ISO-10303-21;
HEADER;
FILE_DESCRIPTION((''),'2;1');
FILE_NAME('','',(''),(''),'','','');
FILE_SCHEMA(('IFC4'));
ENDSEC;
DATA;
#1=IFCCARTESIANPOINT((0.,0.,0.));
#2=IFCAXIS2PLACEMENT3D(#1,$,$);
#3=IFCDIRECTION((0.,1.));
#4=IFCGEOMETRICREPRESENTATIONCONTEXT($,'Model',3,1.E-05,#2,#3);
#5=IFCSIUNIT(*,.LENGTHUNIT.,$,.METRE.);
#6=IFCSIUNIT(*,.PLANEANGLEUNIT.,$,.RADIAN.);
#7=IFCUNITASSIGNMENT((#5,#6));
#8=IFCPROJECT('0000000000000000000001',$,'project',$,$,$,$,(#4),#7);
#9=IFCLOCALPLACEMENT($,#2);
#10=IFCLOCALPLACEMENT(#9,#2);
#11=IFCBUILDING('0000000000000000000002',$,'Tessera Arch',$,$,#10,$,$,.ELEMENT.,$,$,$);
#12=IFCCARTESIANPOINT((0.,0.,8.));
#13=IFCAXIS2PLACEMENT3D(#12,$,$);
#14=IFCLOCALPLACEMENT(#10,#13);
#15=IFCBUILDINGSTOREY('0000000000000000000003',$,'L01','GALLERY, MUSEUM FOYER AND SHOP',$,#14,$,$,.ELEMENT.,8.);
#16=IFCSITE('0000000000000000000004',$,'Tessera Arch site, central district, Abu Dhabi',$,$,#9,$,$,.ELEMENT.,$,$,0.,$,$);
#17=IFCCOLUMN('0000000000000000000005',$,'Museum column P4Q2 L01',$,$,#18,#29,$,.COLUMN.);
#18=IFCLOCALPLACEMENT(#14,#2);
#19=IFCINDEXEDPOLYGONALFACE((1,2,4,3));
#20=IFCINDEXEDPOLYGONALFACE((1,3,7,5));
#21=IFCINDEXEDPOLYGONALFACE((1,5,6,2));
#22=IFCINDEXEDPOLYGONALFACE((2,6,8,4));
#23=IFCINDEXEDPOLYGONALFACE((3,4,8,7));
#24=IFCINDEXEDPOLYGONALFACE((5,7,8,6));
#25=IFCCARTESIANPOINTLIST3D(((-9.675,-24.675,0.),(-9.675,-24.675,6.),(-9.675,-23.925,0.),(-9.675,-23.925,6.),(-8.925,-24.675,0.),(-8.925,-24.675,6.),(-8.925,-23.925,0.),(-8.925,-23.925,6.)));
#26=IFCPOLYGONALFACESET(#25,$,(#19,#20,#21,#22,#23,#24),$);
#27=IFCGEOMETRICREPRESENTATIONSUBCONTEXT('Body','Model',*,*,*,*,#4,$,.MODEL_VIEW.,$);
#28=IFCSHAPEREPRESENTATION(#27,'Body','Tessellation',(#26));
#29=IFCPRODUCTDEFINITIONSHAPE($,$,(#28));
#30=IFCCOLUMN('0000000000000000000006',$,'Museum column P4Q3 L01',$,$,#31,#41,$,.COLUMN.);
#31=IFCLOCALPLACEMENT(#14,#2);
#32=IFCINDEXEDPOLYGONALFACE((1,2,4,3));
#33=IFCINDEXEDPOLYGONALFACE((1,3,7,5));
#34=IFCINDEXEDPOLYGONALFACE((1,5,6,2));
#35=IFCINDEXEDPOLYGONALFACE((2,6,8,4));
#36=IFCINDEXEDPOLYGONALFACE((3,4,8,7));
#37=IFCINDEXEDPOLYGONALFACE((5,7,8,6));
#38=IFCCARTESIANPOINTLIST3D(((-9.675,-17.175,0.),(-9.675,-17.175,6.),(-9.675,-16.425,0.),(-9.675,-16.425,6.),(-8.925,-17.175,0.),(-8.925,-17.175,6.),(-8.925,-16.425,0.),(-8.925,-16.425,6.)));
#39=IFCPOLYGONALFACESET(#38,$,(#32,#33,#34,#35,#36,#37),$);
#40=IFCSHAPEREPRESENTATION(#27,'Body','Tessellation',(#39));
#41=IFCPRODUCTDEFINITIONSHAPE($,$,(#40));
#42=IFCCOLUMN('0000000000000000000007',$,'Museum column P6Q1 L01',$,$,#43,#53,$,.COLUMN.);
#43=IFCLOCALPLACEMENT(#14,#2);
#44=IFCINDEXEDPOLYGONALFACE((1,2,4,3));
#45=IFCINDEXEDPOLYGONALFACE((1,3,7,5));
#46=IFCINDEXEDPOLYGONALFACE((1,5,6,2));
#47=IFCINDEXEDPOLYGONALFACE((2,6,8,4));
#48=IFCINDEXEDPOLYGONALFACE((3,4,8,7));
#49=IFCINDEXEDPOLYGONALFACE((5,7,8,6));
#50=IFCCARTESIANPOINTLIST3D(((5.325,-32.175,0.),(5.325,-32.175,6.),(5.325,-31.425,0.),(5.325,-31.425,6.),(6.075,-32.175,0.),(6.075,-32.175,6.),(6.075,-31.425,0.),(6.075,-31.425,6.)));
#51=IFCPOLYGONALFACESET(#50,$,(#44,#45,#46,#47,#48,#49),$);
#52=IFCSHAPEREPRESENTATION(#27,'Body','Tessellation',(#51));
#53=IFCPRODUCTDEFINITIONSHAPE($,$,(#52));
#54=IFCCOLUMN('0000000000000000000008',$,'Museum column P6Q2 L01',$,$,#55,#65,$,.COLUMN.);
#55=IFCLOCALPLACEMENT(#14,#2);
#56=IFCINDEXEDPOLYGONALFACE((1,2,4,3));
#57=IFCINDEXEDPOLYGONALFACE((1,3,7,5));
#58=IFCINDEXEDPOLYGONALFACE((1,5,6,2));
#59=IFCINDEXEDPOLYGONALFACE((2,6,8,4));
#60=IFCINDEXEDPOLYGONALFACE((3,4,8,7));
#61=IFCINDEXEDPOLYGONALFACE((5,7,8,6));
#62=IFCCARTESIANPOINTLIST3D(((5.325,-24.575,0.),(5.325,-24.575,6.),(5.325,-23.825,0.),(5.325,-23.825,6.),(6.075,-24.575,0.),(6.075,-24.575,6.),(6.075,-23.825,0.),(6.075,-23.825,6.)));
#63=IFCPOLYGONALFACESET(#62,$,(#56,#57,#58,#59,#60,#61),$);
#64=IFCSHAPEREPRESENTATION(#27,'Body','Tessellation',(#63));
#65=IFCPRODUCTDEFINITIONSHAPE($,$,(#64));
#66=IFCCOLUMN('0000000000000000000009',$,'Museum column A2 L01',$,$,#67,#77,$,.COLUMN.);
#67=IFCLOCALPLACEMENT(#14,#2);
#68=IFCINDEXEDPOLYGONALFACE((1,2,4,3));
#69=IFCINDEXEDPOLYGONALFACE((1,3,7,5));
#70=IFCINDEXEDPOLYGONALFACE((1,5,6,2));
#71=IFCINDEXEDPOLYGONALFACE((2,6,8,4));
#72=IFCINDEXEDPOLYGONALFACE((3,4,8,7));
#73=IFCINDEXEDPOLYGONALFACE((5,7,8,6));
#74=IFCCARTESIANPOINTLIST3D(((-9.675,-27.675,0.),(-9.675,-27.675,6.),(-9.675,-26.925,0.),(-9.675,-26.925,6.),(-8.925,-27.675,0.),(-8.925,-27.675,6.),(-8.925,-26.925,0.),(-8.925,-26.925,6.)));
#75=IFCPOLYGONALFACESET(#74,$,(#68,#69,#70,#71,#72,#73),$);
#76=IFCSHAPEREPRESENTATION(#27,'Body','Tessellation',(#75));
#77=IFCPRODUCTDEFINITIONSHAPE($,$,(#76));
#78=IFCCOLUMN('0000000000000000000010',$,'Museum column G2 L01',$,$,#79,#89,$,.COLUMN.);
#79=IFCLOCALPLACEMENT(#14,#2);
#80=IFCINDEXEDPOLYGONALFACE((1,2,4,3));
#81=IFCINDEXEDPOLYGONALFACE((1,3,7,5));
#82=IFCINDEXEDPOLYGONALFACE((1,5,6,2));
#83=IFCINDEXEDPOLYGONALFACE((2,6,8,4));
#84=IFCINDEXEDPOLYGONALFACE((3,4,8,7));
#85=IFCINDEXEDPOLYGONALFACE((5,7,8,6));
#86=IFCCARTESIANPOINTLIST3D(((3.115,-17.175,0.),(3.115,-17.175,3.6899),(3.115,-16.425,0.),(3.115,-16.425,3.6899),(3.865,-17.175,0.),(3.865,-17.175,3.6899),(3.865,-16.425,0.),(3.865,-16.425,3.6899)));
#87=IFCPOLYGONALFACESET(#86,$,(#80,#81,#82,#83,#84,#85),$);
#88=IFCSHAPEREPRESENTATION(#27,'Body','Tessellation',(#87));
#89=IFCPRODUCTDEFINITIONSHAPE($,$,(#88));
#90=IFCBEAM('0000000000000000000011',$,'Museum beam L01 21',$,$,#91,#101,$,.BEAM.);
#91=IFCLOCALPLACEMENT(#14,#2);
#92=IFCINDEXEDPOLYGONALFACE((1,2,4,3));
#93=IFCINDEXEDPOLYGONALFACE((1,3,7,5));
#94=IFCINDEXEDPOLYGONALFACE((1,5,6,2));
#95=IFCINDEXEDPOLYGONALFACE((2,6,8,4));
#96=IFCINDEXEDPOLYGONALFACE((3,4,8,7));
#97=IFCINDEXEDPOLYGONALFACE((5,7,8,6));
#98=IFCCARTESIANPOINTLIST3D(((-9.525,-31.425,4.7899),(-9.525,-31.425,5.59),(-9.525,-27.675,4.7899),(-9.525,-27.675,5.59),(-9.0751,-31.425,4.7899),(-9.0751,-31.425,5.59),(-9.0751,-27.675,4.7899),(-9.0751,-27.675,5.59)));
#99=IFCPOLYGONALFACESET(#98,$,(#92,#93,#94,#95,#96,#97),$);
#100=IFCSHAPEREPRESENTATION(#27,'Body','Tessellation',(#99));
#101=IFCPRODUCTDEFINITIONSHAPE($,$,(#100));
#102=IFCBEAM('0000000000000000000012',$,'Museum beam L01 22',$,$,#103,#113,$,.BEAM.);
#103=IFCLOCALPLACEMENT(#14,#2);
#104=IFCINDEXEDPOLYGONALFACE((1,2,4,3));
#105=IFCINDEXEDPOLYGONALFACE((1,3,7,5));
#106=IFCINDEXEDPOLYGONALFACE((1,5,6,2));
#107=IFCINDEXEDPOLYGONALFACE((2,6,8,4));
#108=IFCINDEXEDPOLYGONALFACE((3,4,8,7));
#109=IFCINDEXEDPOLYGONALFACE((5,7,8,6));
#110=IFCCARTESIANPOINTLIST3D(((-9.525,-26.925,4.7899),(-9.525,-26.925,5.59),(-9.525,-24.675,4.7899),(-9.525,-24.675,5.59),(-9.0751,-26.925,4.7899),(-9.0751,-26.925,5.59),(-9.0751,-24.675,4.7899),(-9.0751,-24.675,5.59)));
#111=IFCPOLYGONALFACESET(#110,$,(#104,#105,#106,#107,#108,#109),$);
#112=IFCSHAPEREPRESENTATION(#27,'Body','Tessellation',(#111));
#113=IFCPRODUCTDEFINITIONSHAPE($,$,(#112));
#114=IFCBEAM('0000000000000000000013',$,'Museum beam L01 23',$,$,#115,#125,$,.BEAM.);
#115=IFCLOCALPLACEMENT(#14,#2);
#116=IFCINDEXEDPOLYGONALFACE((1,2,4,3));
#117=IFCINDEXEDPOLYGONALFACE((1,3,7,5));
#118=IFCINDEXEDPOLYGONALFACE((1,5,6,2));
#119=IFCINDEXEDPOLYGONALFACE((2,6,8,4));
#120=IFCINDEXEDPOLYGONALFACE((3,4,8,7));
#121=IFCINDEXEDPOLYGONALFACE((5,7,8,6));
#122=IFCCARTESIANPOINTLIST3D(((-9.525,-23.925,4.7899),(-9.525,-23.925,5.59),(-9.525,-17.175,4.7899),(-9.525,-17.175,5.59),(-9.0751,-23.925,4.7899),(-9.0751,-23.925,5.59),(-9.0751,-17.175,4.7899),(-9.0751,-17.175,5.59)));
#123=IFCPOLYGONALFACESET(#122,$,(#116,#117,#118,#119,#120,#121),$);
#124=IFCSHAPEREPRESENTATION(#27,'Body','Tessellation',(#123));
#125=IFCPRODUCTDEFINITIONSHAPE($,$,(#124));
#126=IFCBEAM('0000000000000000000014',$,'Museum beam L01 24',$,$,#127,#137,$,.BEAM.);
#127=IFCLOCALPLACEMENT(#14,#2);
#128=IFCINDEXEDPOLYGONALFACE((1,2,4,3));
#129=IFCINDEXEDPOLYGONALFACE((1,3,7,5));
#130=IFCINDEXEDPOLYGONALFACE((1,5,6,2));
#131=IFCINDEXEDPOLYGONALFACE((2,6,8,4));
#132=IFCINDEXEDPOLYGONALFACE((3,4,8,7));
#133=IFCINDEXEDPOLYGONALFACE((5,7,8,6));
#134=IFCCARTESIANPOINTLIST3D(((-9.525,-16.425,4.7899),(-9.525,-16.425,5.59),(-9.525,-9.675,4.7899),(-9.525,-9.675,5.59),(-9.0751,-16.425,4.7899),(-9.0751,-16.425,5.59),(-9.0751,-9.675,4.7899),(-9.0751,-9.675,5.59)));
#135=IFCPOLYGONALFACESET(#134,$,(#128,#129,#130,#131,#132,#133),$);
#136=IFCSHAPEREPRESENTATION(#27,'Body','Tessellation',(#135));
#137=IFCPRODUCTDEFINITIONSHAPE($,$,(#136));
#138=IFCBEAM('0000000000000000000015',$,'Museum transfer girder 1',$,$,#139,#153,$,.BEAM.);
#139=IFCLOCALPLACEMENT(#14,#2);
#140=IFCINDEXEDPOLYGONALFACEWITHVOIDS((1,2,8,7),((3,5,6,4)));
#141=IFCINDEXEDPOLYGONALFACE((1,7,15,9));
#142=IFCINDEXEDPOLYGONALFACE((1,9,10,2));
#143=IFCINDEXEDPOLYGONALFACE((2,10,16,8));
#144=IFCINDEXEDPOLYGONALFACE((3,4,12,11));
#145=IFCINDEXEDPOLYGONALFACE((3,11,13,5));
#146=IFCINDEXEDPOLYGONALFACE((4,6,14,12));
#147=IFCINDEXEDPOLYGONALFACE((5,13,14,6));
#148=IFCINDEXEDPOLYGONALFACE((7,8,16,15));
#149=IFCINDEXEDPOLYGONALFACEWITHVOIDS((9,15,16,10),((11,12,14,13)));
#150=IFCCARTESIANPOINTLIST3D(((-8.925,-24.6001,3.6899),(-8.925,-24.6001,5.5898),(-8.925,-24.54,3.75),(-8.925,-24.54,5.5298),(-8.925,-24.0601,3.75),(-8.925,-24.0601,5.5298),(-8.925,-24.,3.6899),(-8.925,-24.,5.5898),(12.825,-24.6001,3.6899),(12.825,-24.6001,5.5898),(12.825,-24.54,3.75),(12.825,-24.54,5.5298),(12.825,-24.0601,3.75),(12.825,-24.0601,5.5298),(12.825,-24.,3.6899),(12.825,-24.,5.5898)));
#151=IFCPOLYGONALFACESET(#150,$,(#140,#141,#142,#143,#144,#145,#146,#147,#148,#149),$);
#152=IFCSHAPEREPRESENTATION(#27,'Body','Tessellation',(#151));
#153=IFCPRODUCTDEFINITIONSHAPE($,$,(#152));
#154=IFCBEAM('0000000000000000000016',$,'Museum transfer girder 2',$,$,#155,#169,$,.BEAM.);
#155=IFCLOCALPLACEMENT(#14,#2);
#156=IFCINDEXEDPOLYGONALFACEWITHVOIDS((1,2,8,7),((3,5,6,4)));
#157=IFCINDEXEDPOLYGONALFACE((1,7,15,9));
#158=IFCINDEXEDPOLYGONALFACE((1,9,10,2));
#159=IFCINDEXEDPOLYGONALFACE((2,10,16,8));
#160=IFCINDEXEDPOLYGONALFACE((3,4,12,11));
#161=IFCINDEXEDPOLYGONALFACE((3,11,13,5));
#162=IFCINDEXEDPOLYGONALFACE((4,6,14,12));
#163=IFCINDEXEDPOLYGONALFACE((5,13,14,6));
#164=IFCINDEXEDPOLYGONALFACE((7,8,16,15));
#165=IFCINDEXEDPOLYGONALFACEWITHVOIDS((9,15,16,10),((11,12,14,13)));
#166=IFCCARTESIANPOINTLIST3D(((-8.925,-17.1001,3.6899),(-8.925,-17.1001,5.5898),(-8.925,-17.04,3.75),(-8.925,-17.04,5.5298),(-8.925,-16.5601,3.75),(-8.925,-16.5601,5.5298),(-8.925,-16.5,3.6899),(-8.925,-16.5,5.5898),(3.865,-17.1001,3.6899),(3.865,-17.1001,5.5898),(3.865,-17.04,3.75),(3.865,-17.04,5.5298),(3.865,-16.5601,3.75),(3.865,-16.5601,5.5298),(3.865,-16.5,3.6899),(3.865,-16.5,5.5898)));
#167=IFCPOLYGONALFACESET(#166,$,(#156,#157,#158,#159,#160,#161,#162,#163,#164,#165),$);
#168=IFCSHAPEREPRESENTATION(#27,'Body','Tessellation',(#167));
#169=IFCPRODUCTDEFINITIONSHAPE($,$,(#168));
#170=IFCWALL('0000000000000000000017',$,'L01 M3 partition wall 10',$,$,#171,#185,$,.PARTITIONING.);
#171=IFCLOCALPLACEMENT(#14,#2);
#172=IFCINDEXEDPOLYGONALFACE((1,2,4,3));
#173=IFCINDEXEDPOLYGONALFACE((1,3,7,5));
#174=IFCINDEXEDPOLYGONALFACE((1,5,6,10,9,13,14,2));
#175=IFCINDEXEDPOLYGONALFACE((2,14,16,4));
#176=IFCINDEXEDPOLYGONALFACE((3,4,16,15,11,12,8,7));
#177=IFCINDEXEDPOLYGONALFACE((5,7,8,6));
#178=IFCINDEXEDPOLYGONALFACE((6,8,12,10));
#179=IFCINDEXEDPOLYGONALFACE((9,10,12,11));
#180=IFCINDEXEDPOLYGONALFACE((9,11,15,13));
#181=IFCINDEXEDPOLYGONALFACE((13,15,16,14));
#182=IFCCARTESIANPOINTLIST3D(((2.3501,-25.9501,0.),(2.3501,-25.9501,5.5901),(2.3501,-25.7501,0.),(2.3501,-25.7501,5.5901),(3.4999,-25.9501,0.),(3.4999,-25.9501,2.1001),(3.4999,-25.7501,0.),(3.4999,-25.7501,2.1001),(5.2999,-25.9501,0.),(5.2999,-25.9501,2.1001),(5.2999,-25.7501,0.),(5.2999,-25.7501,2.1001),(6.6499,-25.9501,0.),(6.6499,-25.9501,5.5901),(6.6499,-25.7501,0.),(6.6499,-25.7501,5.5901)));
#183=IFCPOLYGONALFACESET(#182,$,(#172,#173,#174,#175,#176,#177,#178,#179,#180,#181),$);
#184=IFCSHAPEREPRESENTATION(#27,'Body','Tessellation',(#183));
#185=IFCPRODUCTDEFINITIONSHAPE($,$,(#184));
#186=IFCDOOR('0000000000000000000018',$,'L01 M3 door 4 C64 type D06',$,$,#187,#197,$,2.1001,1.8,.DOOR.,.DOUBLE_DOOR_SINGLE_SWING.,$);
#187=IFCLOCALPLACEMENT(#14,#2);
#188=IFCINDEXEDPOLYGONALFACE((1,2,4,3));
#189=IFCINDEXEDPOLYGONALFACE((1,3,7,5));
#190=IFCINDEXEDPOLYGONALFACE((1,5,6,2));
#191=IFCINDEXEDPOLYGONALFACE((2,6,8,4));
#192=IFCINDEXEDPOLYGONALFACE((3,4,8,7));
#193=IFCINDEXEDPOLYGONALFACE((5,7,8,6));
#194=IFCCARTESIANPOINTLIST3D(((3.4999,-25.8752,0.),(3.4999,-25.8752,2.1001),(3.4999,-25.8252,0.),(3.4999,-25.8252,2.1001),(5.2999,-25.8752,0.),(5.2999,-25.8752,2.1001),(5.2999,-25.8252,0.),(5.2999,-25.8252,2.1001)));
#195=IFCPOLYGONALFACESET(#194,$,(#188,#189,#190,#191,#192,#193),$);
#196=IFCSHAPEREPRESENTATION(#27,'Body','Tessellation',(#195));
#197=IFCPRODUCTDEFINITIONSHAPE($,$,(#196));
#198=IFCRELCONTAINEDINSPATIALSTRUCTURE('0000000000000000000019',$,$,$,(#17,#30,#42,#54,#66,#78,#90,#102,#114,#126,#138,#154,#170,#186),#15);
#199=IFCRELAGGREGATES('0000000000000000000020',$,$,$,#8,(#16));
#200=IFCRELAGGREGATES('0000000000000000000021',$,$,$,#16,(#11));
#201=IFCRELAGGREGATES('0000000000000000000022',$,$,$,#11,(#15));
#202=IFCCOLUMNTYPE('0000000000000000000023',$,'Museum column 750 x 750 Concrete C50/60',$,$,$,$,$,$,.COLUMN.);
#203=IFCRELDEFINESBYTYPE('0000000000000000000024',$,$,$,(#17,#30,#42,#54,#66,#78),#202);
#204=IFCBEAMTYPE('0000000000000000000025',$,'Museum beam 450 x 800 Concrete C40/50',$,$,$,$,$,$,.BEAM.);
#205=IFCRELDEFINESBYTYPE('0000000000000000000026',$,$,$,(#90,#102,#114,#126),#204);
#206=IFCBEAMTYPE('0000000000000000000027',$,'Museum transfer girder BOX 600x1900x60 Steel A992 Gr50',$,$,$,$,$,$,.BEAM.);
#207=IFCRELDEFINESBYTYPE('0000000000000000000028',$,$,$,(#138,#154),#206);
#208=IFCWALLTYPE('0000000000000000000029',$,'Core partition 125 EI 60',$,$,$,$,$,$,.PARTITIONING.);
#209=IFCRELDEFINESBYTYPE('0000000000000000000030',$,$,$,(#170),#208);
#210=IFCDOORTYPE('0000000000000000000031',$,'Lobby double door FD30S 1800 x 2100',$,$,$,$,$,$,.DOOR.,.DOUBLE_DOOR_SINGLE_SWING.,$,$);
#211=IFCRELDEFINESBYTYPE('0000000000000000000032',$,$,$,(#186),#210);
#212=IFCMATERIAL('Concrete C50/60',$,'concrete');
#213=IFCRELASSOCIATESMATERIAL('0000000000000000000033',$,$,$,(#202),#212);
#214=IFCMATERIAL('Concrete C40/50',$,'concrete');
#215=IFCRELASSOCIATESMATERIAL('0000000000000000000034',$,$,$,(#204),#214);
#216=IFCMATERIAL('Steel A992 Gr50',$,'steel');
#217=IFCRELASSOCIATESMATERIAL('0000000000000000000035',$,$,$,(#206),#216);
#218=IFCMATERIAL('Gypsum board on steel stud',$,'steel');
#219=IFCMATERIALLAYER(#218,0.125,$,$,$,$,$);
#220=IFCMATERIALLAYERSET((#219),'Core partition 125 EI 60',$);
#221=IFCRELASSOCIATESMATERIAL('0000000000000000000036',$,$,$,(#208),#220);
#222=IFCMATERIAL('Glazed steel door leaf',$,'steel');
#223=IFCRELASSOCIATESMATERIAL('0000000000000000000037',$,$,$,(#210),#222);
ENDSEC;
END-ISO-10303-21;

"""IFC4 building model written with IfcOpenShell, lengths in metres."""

from ifc_helpers import new_model, si_unit, direction, frame, frame_2d, origin, origin_2d, place, context, subcontext, project, spatial, rectangle, hollow_rectangle, extrude, material, layer, layer_set, material_profile, profile_set, type_object, element, fill, save


model = new_model("IFC4")

# Units and contexts
model_context = context("Model", 3, precision=1e-05, world=origin(), true_north=direction((0.0, 1.0)))
body_context = subcontext(model_context, "Body", "Model", "MODEL_VIEW")
ifc_project = project(units=[si_unit("LENGTHUNIT", "METRE"), si_unit("PLANEANGLEUNIT", "RADIAN")], contexts=[model_context])

# Site, building, storey
site_placement = place(None, origin())
site = spatial("IfcSite", under=ifc_project, at=site_placement, Name="Tessera Arch site, central district, Abu Dhabi", CompositionType="ELEMENT", RefElevation=0.0)
building_placement = place(site_placement, origin())
building = spatial("IfcBuilding", under=site, at=building_placement, Name="Tessera Arch", CompositionType="ELEMENT")
storey_placement = place(building_placement, frame((0.0, 0.0, 8.0)))
storey = spatial("IfcBuildingStorey", under=building, at=storey_placement, Name="L01", Description="GALLERY, MUSEUM FOYER AND SHOP", CompositionType="ELEMENT", Elevation=8.0)

# Columns
ifc_material_1 = material(Name="Concrete C50/60", Category="concrete")
ifc_material_profile_1 = material_profile(ifc_material_1, rectangle(XDim=0.75, YDim=0.75, at=origin_2d()), Name="Museum column 750 x 750 Concrete C50/60")
ifc_profile_set_1 = profile_set([ifc_material_profile_1], Name="Concrete C50/60")
column_type = type_object("IfcColumnType", Name="Museum column 750 x 750 Concrete C50/60", PredefinedType="COLUMN", material=ifc_profile_set_1)
for number, where, z_axis, x_axis, name in (
    (1, (-9.3, -24.3, 0.0), (0.0, 0.0, 1.0), (1.0, 0.0, 0.0), "Museum column P4Q2 L01"),
    (2, (-9.3, -16.8, 0.0), (0.0, 0.0, 1.0), (1.0, 0.0, 0.0), "Museum column P4Q3 L01"),
    (3, (5.7, -31.8, 0.0), (0.0, 0.0, 1.0), (1.0, 0.0, 0.0), "Museum column P6Q1 L01"),
    (4, (5.7, -24.2, 0.0), (0.0, 0.0, 1.0), (1.0, 0.0, 0.0), "Museum column P6Q2 L01"),
    (5, (-9.3, -27.3, 0.0), (0.0, 0.0, 1.0), (1.0, 0.0, 0.0), "Museum column A2 L01"),
):
    element("IfcColumn", number, at=place(storey_placement, frame(where, z_axis=z_axis, x_axis=x_axis)), inside=storey, type_object=column_type, Name=name, PredefinedType="COLUMN", context=body_context, shape_type="SweptSolid", body=[
        extrude(rectangle(XDim=0.75, YDim=0.75, at=origin_2d()), origin(), (0.0, 0.0, 1.0), 6.0),
    ])
column_placement = place(storey_placement, frame((3.49, -16.8, 0.0), z_axis=(0.0, 0.0, 1.0), x_axis=(1.0, 0.0, 0.0)))
element("IfcColumn", 6, at=column_placement, inside=storey, type_object=column_type, Name="Museum column G2 L01", PredefinedType="COLUMN", context=body_context, shape_type="SweptSolid", body=[
    extrude(rectangle(XDim=0.75, YDim=0.75, at=origin_2d()), origin(), (0.0, 0.0, 1.0), 3.6899),
])

# Beams
ifc_material_2 = material(Name="Concrete C40/50", Category="concrete")
ifc_material_profile_2 = material_profile(ifc_material_2, rectangle(XDim=0.45, YDim=0.8, at=origin_2d()), Name="Museum beam 450 x 800 Concrete C40/50")
ifc_profile_set_2 = profile_set([ifc_material_profile_2], Name="Concrete C40/50")
beam_type_1 = type_object("IfcBeamType", Name="Museum beam 450 x 800 Concrete C40/50", PredefinedType="BEAM", material=ifc_profile_set_2)
beam_1_placement = place(storey_placement, frame((-9.3, -31.425, 5.1899), z_axis=(0.0, 1.0, 0.0), x_axis=(-1.0, 0.0, 0.0)))
element("IfcBeam", 7, at=beam_1_placement, inside=storey, type_object=beam_type_1, Name="Museum beam L01 21", PredefinedType="BEAM", context=body_context, shape_type="SweptSolid", body=[
    extrude(rectangle(XDim=0.45, YDim=0.8, at=origin_2d()), origin(), (0.0, 0.0, 1.0), 3.75),
])
beam_2_placement = place(storey_placement, frame((-9.3, -26.925, 5.1899), z_axis=(0.0, 1.0, 0.0), x_axis=(-1.0, 0.0, 0.0)))
element("IfcBeam", 8, at=beam_2_placement, inside=storey, type_object=beam_type_1, Name="Museum beam L01 22", PredefinedType="BEAM", context=body_context, shape_type="SweptSolid", body=[
    extrude(rectangle(XDim=0.45, YDim=0.8, at=origin_2d()), origin(), (0.0, 0.0, 1.0), 2.25),
])
for number, where, z_axis, x_axis, name in (
    (9, (-9.3, -23.925, 5.1899), (0.0, 1.0, 0.0), (-1.0, 0.0, 0.0), "Museum beam L01 23"),
    (10, (-9.3, -16.425, 5.1899), (0.0, 1.0, 0.0), (-1.0, 0.0, 0.0), "Museum beam L01 24"),
):
    element("IfcBeam", number, at=place(storey_placement, frame(where, z_axis=z_axis, x_axis=x_axis)), inside=storey, type_object=beam_type_1, Name=name, PredefinedType="BEAM", context=body_context, shape_type="SweptSolid", body=[
        extrude(rectangle(XDim=0.45, YDim=0.8, at=origin_2d()), origin(), (0.0, 0.0, 1.0), 6.75),
    ])
ifc_material_3 = material(Name="Steel A992 Gr50", Category="steel")
ifc_material_profile_3 = material_profile(ifc_material_3, hollow_rectangle(XDim=0.6001, YDim=1.8999, WallThickness=0.0601, at=origin_2d()), Name="BOX 600x1900x60")
ifc_profile_set_3 = profile_set([ifc_material_profile_3], Name="Steel A992 Gr50")
beam_type_2 = type_object("IfcBeamType", Name="Museum transfer girder BOX 600x1900x60 Steel A992 Gr50", PredefinedType="BEAM", material=ifc_profile_set_3)
beam_3_placement = place(storey_placement, frame((-8.925, -24.3, 4.6399), z_axis=(1.0, 0.0, 0.0), x_axis=(0.0, 1.0, 0.0)))
element("IfcBeam", 11, at=beam_3_placement, inside=storey, type_object=beam_type_2, Name="Museum transfer girder 1", PredefinedType="BEAM", context=body_context, shape_type="SweptSolid", body=[
    extrude(hollow_rectangle(XDim=0.6001, YDim=1.8999, WallThickness=0.0601, at=origin_2d()), origin(), (0.0, 0.0, 1.0), 21.75),
])
beam_4_placement = place(storey_placement, frame((-8.925, -16.8, 4.6399), z_axis=(1.0, 0.0, 0.0), x_axis=(0.0, 1.0, 0.0)))
element("IfcBeam", 12, at=beam_4_placement, inside=storey, type_object=beam_type_2, Name="Museum transfer girder 2", PredefinedType="BEAM", context=body_context, shape_type="SweptSolid", body=[
    extrude(hollow_rectangle(XDim=0.6001, YDim=1.8999, WallThickness=0.0601, at=origin_2d()), origin(), (0.0, 0.0, 1.0), 12.79),
])

# Wall, opening, door
ifc_material_4 = material(Name="Gypsum board on steel stud", Category="steel")
ifc_layer_1 = layer(ifc_material_4, 0.125)
ifc_layer_set_1 = layer_set([ifc_layer_1], Name="Core partition 125 EI 60")
wall_type_1 = type_object("IfcWallType", Name="Core partition 125 EI 60", PredefinedType="PARTITIONING", material=ifc_layer_set_1)
wall_1_placement = place(storey_placement, frame((2.3501, -25.8501, 0.0), z_axis=(0.0, 0.0, 1.0), x_axis=(1.0, 0.0, 0.0)))
wall_1 = element("IfcWall", 13, at=wall_1_placement, inside=storey, type_object=wall_type_1, Name="L01 M3 partition wall 10", PredefinedType="PARTITIONING", context=body_context, shape_type="SweptSolid", body=[
    extrude(rectangle(XDim=4.2998, YDim=0.2, at=frame_2d((2.1499, 0.0))), origin(), (0.0, 0.0, 1.0), 5.5901),
])
opening_1_placement = place(wall_1_placement, frame((1.1499, 0.0, 0.0)))
opening_1 = element("IfcOpeningElement", 14, at=opening_1_placement, cuts=wall_1, PredefinedType="OPENING", context=body_context, shape_type="SweptSolid", body=[
    extrude(rectangle(XDim=1.8, YDim=2.1001, at=frame_2d((0.8999, 1.05))), frame((0.0, 0.1099, 0.0), z_axis=(0.0, -1.0, 0.0), x_axis=(1.0, 0.0, 0.0)), (0.0, 0.0, 1.0), 0.22),
])
ifc_material_5 = material(Name="Glazed steel door leaf", Category="steel")
door_type_1 = type_object("IfcDoorType", Name="Lobby double door FD30S 1800 x 2100", OperationType="DOUBLE_DOOR_SINGLE_SWING", PredefinedType="DOOR", material=ifc_material_5)
door_1_placement = place(opening_1_placement, origin())
door_1 = element("IfcDoor", 15, at=door_1_placement, inside=storey, type_object=door_type_1, Name="L01 M3 door 4 C64 type D06", OperationType="DOUBLE_DOOR_SINGLE_SWING", OverallHeight=2.1001, OverallWidth=1.8, PredefinedType="DOOR", context=body_context, shape_type="SweptSolid", body=[
    extrude(rectangle(XDim=1.8, YDim=2.1001, at=frame_2d((0.8999, 1.05))), frame((0.0, 0.0249, 0.0), z_axis=(0.0, -1.0, 0.0), x_axis=(1.0, 0.0, 0.0)), (0.0, 0.0, 1.0), 0.05),
])
fill(opening_1, door_1)

save(model, "model.ifc")
